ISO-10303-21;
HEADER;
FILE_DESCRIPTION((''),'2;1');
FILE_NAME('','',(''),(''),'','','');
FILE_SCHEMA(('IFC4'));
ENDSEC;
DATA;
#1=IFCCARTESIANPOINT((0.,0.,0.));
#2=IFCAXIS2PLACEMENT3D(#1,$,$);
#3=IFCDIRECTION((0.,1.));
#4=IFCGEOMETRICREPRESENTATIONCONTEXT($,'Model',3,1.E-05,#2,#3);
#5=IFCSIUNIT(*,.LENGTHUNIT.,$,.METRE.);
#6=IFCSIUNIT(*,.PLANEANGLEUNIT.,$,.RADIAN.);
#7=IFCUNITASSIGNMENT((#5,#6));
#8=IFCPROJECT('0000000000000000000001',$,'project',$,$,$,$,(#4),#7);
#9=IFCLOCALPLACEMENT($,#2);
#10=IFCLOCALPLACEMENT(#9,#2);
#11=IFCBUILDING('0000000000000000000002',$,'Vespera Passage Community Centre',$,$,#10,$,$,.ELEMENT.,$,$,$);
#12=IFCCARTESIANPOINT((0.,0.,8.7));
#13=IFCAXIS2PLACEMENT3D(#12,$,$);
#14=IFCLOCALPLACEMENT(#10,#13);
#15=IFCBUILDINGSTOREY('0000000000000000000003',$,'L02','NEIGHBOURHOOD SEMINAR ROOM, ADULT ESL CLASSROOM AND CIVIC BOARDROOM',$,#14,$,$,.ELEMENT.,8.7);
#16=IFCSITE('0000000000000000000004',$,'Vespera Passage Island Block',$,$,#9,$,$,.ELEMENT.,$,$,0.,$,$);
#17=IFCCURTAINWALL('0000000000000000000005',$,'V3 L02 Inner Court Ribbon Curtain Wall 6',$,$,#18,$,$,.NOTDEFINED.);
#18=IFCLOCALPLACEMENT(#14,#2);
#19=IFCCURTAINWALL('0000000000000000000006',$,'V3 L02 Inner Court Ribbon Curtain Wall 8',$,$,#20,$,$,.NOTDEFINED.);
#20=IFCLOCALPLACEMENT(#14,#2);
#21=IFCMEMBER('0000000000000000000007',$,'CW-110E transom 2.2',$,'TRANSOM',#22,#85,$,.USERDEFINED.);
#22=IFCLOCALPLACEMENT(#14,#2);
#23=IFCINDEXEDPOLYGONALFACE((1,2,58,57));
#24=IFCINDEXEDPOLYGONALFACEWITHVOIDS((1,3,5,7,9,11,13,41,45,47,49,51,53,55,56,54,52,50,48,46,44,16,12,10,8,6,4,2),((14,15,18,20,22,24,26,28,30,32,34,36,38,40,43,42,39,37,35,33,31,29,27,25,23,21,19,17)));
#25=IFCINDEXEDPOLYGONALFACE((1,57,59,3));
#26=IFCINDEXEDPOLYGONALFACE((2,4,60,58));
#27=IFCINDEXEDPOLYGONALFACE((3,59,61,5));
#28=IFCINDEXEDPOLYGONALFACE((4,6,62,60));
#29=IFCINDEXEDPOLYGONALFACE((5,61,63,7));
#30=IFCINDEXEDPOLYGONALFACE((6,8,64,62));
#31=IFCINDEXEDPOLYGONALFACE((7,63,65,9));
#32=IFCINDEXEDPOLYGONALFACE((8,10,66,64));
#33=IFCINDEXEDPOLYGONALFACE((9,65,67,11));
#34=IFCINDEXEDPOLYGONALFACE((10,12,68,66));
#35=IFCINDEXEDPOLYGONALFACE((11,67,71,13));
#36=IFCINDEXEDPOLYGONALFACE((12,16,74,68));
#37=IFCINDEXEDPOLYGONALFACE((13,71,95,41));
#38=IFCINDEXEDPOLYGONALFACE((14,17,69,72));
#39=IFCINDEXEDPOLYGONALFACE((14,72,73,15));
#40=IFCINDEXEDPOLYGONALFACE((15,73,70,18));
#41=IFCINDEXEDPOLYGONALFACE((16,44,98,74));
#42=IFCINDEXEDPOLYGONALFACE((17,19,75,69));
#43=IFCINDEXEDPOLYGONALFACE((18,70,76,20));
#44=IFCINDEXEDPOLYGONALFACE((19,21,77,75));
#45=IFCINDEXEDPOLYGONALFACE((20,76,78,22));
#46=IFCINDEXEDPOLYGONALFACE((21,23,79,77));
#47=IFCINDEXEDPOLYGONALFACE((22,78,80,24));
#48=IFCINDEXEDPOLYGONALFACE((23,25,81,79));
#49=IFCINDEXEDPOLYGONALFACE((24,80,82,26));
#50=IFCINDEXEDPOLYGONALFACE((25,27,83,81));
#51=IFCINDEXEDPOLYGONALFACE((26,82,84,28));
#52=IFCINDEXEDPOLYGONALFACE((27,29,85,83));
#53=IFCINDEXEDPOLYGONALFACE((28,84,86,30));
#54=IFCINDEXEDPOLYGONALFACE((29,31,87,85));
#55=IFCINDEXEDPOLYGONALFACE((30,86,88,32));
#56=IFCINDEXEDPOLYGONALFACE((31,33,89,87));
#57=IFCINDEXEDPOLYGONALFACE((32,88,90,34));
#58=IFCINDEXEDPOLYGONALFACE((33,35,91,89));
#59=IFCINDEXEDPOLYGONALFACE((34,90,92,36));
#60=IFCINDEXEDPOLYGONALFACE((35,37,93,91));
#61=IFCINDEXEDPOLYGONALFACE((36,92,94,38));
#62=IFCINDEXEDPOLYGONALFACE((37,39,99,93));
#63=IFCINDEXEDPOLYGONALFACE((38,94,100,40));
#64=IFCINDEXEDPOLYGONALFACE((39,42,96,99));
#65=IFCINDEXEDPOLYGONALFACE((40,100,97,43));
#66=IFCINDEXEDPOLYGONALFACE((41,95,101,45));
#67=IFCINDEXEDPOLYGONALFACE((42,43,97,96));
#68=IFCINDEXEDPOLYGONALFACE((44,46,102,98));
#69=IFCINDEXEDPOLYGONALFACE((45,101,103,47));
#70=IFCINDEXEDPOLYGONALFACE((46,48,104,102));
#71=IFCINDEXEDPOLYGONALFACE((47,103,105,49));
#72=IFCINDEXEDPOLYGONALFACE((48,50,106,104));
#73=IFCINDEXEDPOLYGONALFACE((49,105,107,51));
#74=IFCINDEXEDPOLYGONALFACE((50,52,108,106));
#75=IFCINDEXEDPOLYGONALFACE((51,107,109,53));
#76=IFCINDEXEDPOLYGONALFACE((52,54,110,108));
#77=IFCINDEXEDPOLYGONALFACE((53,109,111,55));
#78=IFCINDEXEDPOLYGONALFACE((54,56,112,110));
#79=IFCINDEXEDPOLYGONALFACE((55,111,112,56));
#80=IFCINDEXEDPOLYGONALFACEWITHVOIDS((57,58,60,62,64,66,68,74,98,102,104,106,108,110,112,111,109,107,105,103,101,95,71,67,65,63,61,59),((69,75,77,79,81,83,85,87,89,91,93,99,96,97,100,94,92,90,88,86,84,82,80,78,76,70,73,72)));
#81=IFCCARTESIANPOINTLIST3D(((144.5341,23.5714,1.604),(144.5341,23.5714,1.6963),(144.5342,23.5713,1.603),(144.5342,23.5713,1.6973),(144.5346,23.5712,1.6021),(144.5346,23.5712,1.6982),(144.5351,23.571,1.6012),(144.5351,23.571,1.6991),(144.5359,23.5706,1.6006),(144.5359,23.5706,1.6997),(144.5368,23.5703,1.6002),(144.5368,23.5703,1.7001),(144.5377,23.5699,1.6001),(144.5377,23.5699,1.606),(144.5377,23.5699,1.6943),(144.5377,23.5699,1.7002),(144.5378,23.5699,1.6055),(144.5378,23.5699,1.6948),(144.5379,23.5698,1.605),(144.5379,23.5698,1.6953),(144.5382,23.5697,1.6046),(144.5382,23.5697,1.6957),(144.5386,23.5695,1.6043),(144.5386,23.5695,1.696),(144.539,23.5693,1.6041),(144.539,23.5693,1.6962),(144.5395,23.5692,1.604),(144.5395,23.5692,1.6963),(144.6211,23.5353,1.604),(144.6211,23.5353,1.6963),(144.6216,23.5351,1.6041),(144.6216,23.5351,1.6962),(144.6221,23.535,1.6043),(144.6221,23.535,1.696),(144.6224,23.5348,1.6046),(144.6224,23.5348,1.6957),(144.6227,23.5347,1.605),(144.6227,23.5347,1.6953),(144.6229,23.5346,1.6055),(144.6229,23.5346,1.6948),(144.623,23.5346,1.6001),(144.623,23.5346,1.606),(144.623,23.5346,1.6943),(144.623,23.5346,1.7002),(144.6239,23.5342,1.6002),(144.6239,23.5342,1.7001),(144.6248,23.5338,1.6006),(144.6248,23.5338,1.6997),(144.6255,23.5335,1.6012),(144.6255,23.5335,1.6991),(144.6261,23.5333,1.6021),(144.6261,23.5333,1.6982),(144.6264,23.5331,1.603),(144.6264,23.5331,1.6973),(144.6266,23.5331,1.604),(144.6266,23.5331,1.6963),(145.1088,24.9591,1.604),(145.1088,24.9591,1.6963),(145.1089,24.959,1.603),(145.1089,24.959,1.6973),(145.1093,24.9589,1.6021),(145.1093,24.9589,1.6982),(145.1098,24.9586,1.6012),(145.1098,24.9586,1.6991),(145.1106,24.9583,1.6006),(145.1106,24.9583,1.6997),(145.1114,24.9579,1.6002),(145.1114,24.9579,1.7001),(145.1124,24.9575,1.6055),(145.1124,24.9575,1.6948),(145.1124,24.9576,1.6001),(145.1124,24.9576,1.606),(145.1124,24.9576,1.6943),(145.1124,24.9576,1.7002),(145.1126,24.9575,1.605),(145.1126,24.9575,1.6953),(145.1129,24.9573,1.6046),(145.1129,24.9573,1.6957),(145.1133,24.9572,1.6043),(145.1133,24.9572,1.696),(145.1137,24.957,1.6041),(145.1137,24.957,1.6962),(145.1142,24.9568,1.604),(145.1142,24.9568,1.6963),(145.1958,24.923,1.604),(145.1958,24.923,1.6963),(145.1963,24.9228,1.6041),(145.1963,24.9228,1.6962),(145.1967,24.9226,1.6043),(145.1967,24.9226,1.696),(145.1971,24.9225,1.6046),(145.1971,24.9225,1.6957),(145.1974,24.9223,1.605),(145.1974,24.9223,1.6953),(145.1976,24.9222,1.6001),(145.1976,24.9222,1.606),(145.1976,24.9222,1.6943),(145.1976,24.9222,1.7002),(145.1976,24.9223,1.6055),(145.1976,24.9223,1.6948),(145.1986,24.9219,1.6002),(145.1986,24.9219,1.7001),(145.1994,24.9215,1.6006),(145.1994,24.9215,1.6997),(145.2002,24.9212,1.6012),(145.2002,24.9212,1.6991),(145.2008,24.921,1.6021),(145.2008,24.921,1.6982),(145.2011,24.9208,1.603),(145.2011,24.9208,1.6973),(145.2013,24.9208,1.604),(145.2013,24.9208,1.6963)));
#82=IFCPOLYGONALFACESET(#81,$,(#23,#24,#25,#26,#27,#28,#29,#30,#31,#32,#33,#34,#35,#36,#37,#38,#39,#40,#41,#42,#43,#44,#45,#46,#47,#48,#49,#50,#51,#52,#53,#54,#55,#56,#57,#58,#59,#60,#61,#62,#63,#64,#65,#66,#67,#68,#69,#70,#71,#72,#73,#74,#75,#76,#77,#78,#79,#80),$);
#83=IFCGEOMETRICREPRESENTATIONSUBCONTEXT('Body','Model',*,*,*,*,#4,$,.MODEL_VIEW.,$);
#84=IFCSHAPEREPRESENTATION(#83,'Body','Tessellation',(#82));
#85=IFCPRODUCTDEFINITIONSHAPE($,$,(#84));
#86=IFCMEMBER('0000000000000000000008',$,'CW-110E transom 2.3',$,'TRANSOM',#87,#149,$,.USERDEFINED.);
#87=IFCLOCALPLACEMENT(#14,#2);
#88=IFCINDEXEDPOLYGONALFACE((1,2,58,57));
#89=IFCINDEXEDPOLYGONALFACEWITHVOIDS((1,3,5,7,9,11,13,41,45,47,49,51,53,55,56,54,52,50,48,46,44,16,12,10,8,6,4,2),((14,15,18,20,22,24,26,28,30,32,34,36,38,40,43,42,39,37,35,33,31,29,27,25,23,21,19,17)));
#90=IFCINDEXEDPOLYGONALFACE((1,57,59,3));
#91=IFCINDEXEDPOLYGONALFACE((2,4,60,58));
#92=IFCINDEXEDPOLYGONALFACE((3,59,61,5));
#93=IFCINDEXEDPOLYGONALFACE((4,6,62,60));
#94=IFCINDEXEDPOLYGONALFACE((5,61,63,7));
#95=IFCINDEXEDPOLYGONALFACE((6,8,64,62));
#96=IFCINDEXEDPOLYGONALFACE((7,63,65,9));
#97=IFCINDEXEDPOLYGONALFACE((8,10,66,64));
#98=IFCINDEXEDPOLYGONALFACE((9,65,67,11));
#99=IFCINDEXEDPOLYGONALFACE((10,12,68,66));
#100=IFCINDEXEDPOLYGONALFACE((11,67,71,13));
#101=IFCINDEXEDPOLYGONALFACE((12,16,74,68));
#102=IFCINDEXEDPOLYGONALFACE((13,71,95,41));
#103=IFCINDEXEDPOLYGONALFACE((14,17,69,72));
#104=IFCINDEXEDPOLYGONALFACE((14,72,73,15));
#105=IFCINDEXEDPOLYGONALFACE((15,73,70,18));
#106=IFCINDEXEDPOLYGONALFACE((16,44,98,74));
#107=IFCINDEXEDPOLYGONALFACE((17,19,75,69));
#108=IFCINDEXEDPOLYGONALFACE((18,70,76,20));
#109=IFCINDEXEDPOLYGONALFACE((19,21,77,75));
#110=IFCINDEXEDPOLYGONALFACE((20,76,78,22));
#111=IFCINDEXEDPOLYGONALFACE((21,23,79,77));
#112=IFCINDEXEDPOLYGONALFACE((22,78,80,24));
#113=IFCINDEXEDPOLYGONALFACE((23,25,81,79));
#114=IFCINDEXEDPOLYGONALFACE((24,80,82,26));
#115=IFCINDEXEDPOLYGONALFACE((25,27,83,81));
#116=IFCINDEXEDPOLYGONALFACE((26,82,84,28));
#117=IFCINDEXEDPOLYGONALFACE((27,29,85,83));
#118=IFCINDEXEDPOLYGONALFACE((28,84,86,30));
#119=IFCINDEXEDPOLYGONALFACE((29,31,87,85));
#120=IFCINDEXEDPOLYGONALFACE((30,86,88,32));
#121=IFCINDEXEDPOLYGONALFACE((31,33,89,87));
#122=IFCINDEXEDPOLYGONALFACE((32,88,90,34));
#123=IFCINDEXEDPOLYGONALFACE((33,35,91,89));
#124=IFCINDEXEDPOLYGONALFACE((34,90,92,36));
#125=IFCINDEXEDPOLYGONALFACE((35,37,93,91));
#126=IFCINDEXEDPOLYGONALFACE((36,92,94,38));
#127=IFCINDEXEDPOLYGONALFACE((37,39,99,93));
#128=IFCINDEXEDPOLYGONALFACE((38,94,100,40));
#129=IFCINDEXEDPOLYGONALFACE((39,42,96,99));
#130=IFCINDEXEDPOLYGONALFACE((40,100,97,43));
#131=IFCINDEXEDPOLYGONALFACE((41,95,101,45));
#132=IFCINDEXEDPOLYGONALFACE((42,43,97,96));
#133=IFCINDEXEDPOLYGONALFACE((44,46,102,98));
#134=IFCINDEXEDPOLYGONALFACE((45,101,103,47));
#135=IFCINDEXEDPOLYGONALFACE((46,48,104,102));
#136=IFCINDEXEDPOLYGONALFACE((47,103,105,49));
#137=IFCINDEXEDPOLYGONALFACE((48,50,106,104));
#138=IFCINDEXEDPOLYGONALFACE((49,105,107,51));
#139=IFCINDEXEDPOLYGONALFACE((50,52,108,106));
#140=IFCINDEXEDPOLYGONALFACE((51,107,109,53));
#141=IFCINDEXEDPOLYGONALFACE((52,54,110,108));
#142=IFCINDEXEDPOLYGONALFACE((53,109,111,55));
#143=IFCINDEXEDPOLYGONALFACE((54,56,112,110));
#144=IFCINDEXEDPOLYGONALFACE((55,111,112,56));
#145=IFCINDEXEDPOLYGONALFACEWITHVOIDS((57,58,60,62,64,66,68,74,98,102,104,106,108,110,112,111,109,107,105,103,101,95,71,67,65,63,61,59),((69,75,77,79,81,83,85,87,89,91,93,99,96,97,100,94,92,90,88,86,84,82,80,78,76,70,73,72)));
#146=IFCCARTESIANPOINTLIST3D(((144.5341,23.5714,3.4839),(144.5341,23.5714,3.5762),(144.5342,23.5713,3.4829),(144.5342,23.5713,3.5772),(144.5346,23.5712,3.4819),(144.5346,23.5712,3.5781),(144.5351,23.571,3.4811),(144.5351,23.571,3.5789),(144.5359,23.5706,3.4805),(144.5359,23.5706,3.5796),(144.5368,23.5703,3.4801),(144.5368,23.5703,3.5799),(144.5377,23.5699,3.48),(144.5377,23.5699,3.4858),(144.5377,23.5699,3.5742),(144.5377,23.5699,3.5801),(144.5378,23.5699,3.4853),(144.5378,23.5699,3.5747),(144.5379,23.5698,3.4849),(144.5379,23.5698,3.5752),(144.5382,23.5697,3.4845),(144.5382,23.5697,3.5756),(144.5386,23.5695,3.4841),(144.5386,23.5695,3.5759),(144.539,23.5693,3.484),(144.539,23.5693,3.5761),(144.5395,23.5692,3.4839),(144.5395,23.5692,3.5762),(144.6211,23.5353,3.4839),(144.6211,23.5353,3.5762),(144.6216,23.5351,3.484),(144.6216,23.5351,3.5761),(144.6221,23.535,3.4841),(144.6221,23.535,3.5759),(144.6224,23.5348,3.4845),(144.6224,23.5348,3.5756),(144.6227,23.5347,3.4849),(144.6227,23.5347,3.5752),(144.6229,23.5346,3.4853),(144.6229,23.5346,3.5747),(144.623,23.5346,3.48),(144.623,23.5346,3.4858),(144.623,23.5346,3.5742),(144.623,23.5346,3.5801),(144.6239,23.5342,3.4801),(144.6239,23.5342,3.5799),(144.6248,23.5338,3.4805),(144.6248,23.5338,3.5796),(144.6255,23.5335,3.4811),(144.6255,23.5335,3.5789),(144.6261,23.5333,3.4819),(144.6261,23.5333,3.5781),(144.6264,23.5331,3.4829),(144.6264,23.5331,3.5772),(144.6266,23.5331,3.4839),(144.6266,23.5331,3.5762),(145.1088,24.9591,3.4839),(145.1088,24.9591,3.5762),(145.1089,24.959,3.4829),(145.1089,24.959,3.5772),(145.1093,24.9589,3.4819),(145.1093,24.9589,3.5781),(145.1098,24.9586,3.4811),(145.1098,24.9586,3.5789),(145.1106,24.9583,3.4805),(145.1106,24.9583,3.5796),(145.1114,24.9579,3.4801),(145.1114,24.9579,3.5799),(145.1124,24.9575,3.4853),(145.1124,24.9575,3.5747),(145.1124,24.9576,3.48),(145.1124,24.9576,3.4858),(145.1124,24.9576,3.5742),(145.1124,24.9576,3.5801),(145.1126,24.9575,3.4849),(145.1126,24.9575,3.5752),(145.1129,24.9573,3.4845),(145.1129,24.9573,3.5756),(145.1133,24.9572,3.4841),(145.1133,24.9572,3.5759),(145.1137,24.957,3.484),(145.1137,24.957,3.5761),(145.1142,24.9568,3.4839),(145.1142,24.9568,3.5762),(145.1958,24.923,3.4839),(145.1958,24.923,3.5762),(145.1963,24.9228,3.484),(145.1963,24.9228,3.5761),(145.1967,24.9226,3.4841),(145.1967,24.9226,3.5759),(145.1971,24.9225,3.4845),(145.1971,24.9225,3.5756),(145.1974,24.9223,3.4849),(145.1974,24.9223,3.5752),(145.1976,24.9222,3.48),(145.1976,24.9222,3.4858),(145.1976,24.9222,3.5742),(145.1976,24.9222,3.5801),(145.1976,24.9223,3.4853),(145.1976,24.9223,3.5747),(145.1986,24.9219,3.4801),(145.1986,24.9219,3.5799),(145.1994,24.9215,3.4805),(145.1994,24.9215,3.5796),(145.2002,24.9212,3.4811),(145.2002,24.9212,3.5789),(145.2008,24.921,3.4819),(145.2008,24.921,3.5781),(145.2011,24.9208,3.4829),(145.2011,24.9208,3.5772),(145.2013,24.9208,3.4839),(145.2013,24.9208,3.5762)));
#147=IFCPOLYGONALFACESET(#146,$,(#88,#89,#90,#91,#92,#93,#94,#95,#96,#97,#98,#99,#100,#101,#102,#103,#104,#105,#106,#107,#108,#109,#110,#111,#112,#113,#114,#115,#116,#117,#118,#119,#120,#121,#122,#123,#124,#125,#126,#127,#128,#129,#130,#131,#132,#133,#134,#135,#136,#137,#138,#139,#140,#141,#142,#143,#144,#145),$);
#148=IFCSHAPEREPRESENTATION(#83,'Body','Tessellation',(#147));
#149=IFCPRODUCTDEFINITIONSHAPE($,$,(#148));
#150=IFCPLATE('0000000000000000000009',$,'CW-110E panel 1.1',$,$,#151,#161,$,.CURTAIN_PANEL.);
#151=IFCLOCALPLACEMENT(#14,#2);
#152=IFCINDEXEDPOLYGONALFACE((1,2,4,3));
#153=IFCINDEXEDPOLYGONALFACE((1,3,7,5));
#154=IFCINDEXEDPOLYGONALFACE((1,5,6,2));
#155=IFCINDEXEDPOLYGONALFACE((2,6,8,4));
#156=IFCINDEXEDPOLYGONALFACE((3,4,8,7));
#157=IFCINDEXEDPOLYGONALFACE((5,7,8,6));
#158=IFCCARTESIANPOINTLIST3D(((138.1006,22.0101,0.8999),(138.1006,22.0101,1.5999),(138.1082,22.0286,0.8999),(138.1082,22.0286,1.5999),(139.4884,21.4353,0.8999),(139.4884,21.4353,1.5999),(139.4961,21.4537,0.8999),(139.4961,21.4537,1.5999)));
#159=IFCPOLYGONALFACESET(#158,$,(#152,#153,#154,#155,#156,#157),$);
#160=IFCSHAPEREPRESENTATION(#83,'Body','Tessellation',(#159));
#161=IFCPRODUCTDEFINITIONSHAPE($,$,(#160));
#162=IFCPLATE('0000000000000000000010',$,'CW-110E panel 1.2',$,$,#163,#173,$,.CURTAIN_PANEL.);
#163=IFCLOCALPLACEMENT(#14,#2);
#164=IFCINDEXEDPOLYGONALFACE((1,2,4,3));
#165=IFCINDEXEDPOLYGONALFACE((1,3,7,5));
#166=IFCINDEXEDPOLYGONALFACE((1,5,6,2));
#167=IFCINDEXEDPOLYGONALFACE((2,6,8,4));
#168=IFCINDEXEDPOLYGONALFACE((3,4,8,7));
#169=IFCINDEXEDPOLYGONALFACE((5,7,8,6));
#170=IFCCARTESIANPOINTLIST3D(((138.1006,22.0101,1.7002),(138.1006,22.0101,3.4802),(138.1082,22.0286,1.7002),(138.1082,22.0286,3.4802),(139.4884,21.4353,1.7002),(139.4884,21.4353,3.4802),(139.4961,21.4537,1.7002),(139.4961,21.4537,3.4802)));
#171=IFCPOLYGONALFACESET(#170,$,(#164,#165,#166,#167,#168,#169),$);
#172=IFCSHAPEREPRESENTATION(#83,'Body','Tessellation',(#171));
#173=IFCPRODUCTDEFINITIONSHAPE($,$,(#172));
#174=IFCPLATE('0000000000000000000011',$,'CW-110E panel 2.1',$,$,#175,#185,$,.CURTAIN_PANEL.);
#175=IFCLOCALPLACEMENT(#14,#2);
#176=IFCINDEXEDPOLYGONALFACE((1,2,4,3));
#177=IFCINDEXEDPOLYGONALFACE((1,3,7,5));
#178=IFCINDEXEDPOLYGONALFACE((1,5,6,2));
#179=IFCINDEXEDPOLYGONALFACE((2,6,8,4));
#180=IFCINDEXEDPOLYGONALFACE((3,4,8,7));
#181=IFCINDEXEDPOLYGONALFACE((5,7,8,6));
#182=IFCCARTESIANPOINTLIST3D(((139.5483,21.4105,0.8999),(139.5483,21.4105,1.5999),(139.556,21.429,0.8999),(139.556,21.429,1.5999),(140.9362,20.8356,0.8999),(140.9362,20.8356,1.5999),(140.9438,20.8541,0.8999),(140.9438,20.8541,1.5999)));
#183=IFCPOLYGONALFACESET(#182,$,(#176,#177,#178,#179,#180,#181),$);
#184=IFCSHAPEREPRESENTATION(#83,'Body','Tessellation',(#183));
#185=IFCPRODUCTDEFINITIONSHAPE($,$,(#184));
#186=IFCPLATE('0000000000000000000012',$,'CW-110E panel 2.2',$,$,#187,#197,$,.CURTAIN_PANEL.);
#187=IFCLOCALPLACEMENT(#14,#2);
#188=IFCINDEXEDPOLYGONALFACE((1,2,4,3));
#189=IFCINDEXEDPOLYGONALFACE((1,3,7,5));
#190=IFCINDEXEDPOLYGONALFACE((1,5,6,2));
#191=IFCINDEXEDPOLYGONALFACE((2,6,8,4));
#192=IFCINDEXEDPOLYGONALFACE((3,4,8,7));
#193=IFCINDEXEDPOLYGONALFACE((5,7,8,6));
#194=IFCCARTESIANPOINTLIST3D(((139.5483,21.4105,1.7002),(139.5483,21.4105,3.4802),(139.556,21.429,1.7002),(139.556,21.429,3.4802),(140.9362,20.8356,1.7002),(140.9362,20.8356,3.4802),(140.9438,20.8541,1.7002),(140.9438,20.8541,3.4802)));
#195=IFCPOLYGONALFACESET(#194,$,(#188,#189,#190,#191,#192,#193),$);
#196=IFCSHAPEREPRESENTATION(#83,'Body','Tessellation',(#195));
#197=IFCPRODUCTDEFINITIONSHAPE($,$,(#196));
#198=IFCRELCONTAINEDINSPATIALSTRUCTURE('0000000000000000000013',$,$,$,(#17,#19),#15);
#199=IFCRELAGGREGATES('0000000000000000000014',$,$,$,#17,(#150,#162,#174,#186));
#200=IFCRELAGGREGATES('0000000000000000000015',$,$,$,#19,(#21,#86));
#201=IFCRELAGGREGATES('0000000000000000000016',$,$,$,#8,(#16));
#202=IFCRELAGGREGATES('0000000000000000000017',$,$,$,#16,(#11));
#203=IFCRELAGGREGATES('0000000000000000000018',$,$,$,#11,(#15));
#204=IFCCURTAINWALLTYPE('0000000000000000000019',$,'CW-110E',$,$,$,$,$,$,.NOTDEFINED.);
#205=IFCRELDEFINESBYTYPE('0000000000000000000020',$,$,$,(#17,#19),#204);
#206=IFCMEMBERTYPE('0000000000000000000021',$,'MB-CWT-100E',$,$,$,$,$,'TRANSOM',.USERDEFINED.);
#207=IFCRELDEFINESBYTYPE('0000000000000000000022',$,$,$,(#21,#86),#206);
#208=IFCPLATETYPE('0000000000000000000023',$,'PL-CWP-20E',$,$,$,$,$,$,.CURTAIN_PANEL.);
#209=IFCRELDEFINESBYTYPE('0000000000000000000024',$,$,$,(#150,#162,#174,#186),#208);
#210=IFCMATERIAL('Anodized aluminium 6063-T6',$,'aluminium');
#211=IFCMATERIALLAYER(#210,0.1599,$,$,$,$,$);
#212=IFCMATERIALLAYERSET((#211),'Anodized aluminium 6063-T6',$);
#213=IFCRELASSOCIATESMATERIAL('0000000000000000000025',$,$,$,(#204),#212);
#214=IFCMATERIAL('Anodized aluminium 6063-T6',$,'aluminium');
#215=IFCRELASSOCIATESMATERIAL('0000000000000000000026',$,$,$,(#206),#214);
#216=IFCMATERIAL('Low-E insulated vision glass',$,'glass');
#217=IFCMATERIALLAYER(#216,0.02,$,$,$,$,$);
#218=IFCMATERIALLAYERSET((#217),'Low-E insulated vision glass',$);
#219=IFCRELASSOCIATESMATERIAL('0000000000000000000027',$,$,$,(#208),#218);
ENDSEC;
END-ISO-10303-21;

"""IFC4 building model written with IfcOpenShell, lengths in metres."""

from ifc_helpers import new_model, si_unit, direction, frame, origin, origin_2d, place, context, subcontext, project, spatial, rectangle, hollow_rectangle, extrude, material, layer, layer_set, material_profile, profile_set, type_object, element, aggregate, save


model = new_model("IFC4")

# Units and contexts
model_context = context("Model", 3, precision=1e-05, world=origin(), true_north=direction((0.0, 1.0)))
body_context = subcontext(model_context, "Body", "Model", "MODEL_VIEW")
ifc_project = project(units=[si_unit("LENGTHUNIT", "METRE"), si_unit("PLANEANGLEUNIT", "RADIAN")], contexts=[model_context])

# Site, building, storey
site_placement = place(None, origin())
site = spatial("IfcSite", under=ifc_project, at=site_placement, Name="Vespera Passage Island Block", CompositionType="ELEMENT", RefElevation=0.0)
building_placement = place(site_placement, origin())
building = spatial("IfcBuilding", under=site, at=building_placement, Name="Vespera Passage Community Centre", CompositionType="ELEMENT")
storey_placement = place(building_placement, frame((0.0, 0.0, 8.7)))
storey = spatial("IfcBuildingStorey", under=building, at=storey_placement, Name="L02", Description="NEIGHBOURHOOD SEMINAR ROOM, ADULT ESL CLASSROOM AND CIVIC BOARDROOM", CompositionType="ELEMENT", Elevation=8.7)

# Curtain wall
ifc_material_1 = material(Name="Anodized aluminium 6063-T6", Category="aluminium")
ifc_layer_1 = layer(ifc_material_1, 0.1599)
ifc_layer_set_1 = layer_set([ifc_layer_1], Name="Anodized aluminium 6063-T6")
curtain_wall_type = type_object("IfcCurtainWallType", Name="CW-110E", PredefinedType="NOTDEFINED", material=ifc_layer_set_1)
curtain_wall_1_placement = place(storey_placement, origin())
curtain_wall_1 = element("IfcCurtainWall", 1, at=curtain_wall_1_placement, inside=storey, type_object=curtain_wall_type, Name="V3 L02 Inner Court Ribbon Curtain Wall 6", PredefinedType="NOTDEFINED")

# Curtain wall
curtain_wall_2_placement = place(storey_placement, origin())
curtain_wall_2 = element("IfcCurtainWall", 2, at=curtain_wall_2_placement, inside=storey, type_object=curtain_wall_type, Name="V3 L02 Inner Court Ribbon Curtain Wall 8", PredefinedType="NOTDEFINED")

# Members
ifc_material_2 = material(Name="Anodized aluminium 6063-T6", Category="aluminium")
ifc_material_profile_1 = material_profile(ifc_material_2, hollow_rectangle(XDim=0.1001, YDim=0.1001, WallThickness=0.0039, InnerFilletRadius=0.002, OuterFilletRadius=0.0039, at=origin_2d()), Name="ALU100X100X4")
ifc_profile_set_1 = profile_set([ifc_material_profile_1], Name="Anodized aluminium 6063-T6")
member_type_1 = type_object("IfcMemberType", Name="MB-CWT-100E", ElementType="TRANSOM", PredefinedType="USERDEFINED", material=ifc_profile_set_1)
member_1_placement = place(storey_placement, frame((144.5803, 23.5522, 1.6501), z_axis=(0.382629, 0.923902, 0.0), x_axis=(-0.923902, 0.382629, 0.0)))
member_1 = element("IfcMember", 3, at=member_1_placement, type_object=member_type_1, Name="CW-110E transom 2.2", ObjectType="TRANSOM", PredefinedType="USERDEFINED", context=body_context, shape_type="SweptSolid", body=[
    extrude(hollow_rectangle(XDim=0.1001, YDim=0.1001, WallThickness=0.0039, InnerFilletRadius=0.002, OuterFilletRadius=0.0039, at=origin_2d()), origin(), (0.0, 0.0, 1.0), 1.502),
])
member_2_placement = place(storey_placement, frame((144.5803, 23.5522, 3.53), z_axis=(0.382629, 0.923902, 0.0), x_axis=(-0.923902, 0.382629, 0.0)))
member_2 = element("IfcMember", 4, at=member_2_placement, type_object=member_type_1, Name="CW-110E transom 2.3", ObjectType="TRANSOM", PredefinedType="USERDEFINED", context=body_context, shape_type="SweptSolid", body=[
    extrude(hollow_rectangle(XDim=0.1001, YDim=0.1001, WallThickness=0.0039, InnerFilletRadius=0.002, OuterFilletRadius=0.0039, at=origin_2d()), origin(), (0.0, 0.0, 1.0), 1.502),
])

# Plates
ifc_material_3 = material(Name="Low-E insulated vision glass", Category="glass")
ifc_layer_2 = layer(ifc_material_3, 0.02)
ifc_layer_set_2 = layer_set([ifc_layer_2], Name="Low-E insulated vision glass")
plate_type = type_object("IfcPlateType", Name="PL-CWP-20E", PredefinedType="CURTAIN_PANEL", material=ifc_layer_set_2)
plate_1_placement = place(storey_placement, frame((138.7983, 21.7319, 0.8999), z_axis=(0.0, 0.0, 1.0), x_axis=(0.923879, -0.382686, 0.0)))
plate_1 = element("IfcPlate", 5, at=plate_1_placement, type_object=plate_type, Name="CW-110E panel 1.1", PredefinedType="CURTAIN_PANEL", context=body_context, shape_type="SweptSolid", body=[
    extrude(rectangle(XDim=1.5022, YDim=0.02, at=origin_2d()), origin(), (0.0, 0.0, 1.0), 0.7),
])
plate_2_placement = place(storey_placement, frame((138.7983, 21.7319, 1.7002), z_axis=(0.0, 0.0, 1.0), x_axis=(0.923879, -0.382686, 0.0)))
plate_2 = element("IfcPlate", 6, at=plate_2_placement, type_object=plate_type, Name="CW-110E panel 1.2", PredefinedType="CURTAIN_PANEL", context=body_context, shape_type="SweptSolid", body=[
    extrude(rectangle(XDim=1.5022, YDim=0.02, at=origin_2d()), origin(), (0.0, 0.0, 1.0), 1.78),
])
plate_3_placement = place(storey_placement, frame((140.2461, 21.1323, 0.8999), z_axis=(0.0, 0.0, 1.0), x_axis=(0.923879, -0.382686, 0.0)))
plate_3 = element("IfcPlate", 7, at=plate_3_placement, type_object=plate_type, Name="CW-110E panel 2.1", PredefinedType="CURTAIN_PANEL", context=body_context, shape_type="SweptSolid", body=[
    extrude(rectangle(XDim=1.5022, YDim=0.02, at=origin_2d()), origin(), (0.0, 0.0, 1.0), 0.7),
])
plate_4_placement = place(storey_placement, frame((140.2461, 21.1323, 1.7002), z_axis=(0.0, 0.0, 1.0), x_axis=(0.923879, -0.382686, 0.0)))
plate_4 = element("IfcPlate", 8, at=plate_4_placement, type_object=plate_type, Name="CW-110E panel 2.2", PredefinedType="CURTAIN_PANEL", context=body_context, shape_type="SweptSolid", body=[
    extrude(rectangle(XDim=1.5022, YDim=0.02, at=origin_2d()), origin(), (0.0, 0.0, 1.0), 1.78),
])
aggregate(curtain_wall_1, [plate_1, plate_2, plate_3, plate_4])
aggregate(curtain_wall_2, [member_1, member_2])

save(model, "model.ifc")
